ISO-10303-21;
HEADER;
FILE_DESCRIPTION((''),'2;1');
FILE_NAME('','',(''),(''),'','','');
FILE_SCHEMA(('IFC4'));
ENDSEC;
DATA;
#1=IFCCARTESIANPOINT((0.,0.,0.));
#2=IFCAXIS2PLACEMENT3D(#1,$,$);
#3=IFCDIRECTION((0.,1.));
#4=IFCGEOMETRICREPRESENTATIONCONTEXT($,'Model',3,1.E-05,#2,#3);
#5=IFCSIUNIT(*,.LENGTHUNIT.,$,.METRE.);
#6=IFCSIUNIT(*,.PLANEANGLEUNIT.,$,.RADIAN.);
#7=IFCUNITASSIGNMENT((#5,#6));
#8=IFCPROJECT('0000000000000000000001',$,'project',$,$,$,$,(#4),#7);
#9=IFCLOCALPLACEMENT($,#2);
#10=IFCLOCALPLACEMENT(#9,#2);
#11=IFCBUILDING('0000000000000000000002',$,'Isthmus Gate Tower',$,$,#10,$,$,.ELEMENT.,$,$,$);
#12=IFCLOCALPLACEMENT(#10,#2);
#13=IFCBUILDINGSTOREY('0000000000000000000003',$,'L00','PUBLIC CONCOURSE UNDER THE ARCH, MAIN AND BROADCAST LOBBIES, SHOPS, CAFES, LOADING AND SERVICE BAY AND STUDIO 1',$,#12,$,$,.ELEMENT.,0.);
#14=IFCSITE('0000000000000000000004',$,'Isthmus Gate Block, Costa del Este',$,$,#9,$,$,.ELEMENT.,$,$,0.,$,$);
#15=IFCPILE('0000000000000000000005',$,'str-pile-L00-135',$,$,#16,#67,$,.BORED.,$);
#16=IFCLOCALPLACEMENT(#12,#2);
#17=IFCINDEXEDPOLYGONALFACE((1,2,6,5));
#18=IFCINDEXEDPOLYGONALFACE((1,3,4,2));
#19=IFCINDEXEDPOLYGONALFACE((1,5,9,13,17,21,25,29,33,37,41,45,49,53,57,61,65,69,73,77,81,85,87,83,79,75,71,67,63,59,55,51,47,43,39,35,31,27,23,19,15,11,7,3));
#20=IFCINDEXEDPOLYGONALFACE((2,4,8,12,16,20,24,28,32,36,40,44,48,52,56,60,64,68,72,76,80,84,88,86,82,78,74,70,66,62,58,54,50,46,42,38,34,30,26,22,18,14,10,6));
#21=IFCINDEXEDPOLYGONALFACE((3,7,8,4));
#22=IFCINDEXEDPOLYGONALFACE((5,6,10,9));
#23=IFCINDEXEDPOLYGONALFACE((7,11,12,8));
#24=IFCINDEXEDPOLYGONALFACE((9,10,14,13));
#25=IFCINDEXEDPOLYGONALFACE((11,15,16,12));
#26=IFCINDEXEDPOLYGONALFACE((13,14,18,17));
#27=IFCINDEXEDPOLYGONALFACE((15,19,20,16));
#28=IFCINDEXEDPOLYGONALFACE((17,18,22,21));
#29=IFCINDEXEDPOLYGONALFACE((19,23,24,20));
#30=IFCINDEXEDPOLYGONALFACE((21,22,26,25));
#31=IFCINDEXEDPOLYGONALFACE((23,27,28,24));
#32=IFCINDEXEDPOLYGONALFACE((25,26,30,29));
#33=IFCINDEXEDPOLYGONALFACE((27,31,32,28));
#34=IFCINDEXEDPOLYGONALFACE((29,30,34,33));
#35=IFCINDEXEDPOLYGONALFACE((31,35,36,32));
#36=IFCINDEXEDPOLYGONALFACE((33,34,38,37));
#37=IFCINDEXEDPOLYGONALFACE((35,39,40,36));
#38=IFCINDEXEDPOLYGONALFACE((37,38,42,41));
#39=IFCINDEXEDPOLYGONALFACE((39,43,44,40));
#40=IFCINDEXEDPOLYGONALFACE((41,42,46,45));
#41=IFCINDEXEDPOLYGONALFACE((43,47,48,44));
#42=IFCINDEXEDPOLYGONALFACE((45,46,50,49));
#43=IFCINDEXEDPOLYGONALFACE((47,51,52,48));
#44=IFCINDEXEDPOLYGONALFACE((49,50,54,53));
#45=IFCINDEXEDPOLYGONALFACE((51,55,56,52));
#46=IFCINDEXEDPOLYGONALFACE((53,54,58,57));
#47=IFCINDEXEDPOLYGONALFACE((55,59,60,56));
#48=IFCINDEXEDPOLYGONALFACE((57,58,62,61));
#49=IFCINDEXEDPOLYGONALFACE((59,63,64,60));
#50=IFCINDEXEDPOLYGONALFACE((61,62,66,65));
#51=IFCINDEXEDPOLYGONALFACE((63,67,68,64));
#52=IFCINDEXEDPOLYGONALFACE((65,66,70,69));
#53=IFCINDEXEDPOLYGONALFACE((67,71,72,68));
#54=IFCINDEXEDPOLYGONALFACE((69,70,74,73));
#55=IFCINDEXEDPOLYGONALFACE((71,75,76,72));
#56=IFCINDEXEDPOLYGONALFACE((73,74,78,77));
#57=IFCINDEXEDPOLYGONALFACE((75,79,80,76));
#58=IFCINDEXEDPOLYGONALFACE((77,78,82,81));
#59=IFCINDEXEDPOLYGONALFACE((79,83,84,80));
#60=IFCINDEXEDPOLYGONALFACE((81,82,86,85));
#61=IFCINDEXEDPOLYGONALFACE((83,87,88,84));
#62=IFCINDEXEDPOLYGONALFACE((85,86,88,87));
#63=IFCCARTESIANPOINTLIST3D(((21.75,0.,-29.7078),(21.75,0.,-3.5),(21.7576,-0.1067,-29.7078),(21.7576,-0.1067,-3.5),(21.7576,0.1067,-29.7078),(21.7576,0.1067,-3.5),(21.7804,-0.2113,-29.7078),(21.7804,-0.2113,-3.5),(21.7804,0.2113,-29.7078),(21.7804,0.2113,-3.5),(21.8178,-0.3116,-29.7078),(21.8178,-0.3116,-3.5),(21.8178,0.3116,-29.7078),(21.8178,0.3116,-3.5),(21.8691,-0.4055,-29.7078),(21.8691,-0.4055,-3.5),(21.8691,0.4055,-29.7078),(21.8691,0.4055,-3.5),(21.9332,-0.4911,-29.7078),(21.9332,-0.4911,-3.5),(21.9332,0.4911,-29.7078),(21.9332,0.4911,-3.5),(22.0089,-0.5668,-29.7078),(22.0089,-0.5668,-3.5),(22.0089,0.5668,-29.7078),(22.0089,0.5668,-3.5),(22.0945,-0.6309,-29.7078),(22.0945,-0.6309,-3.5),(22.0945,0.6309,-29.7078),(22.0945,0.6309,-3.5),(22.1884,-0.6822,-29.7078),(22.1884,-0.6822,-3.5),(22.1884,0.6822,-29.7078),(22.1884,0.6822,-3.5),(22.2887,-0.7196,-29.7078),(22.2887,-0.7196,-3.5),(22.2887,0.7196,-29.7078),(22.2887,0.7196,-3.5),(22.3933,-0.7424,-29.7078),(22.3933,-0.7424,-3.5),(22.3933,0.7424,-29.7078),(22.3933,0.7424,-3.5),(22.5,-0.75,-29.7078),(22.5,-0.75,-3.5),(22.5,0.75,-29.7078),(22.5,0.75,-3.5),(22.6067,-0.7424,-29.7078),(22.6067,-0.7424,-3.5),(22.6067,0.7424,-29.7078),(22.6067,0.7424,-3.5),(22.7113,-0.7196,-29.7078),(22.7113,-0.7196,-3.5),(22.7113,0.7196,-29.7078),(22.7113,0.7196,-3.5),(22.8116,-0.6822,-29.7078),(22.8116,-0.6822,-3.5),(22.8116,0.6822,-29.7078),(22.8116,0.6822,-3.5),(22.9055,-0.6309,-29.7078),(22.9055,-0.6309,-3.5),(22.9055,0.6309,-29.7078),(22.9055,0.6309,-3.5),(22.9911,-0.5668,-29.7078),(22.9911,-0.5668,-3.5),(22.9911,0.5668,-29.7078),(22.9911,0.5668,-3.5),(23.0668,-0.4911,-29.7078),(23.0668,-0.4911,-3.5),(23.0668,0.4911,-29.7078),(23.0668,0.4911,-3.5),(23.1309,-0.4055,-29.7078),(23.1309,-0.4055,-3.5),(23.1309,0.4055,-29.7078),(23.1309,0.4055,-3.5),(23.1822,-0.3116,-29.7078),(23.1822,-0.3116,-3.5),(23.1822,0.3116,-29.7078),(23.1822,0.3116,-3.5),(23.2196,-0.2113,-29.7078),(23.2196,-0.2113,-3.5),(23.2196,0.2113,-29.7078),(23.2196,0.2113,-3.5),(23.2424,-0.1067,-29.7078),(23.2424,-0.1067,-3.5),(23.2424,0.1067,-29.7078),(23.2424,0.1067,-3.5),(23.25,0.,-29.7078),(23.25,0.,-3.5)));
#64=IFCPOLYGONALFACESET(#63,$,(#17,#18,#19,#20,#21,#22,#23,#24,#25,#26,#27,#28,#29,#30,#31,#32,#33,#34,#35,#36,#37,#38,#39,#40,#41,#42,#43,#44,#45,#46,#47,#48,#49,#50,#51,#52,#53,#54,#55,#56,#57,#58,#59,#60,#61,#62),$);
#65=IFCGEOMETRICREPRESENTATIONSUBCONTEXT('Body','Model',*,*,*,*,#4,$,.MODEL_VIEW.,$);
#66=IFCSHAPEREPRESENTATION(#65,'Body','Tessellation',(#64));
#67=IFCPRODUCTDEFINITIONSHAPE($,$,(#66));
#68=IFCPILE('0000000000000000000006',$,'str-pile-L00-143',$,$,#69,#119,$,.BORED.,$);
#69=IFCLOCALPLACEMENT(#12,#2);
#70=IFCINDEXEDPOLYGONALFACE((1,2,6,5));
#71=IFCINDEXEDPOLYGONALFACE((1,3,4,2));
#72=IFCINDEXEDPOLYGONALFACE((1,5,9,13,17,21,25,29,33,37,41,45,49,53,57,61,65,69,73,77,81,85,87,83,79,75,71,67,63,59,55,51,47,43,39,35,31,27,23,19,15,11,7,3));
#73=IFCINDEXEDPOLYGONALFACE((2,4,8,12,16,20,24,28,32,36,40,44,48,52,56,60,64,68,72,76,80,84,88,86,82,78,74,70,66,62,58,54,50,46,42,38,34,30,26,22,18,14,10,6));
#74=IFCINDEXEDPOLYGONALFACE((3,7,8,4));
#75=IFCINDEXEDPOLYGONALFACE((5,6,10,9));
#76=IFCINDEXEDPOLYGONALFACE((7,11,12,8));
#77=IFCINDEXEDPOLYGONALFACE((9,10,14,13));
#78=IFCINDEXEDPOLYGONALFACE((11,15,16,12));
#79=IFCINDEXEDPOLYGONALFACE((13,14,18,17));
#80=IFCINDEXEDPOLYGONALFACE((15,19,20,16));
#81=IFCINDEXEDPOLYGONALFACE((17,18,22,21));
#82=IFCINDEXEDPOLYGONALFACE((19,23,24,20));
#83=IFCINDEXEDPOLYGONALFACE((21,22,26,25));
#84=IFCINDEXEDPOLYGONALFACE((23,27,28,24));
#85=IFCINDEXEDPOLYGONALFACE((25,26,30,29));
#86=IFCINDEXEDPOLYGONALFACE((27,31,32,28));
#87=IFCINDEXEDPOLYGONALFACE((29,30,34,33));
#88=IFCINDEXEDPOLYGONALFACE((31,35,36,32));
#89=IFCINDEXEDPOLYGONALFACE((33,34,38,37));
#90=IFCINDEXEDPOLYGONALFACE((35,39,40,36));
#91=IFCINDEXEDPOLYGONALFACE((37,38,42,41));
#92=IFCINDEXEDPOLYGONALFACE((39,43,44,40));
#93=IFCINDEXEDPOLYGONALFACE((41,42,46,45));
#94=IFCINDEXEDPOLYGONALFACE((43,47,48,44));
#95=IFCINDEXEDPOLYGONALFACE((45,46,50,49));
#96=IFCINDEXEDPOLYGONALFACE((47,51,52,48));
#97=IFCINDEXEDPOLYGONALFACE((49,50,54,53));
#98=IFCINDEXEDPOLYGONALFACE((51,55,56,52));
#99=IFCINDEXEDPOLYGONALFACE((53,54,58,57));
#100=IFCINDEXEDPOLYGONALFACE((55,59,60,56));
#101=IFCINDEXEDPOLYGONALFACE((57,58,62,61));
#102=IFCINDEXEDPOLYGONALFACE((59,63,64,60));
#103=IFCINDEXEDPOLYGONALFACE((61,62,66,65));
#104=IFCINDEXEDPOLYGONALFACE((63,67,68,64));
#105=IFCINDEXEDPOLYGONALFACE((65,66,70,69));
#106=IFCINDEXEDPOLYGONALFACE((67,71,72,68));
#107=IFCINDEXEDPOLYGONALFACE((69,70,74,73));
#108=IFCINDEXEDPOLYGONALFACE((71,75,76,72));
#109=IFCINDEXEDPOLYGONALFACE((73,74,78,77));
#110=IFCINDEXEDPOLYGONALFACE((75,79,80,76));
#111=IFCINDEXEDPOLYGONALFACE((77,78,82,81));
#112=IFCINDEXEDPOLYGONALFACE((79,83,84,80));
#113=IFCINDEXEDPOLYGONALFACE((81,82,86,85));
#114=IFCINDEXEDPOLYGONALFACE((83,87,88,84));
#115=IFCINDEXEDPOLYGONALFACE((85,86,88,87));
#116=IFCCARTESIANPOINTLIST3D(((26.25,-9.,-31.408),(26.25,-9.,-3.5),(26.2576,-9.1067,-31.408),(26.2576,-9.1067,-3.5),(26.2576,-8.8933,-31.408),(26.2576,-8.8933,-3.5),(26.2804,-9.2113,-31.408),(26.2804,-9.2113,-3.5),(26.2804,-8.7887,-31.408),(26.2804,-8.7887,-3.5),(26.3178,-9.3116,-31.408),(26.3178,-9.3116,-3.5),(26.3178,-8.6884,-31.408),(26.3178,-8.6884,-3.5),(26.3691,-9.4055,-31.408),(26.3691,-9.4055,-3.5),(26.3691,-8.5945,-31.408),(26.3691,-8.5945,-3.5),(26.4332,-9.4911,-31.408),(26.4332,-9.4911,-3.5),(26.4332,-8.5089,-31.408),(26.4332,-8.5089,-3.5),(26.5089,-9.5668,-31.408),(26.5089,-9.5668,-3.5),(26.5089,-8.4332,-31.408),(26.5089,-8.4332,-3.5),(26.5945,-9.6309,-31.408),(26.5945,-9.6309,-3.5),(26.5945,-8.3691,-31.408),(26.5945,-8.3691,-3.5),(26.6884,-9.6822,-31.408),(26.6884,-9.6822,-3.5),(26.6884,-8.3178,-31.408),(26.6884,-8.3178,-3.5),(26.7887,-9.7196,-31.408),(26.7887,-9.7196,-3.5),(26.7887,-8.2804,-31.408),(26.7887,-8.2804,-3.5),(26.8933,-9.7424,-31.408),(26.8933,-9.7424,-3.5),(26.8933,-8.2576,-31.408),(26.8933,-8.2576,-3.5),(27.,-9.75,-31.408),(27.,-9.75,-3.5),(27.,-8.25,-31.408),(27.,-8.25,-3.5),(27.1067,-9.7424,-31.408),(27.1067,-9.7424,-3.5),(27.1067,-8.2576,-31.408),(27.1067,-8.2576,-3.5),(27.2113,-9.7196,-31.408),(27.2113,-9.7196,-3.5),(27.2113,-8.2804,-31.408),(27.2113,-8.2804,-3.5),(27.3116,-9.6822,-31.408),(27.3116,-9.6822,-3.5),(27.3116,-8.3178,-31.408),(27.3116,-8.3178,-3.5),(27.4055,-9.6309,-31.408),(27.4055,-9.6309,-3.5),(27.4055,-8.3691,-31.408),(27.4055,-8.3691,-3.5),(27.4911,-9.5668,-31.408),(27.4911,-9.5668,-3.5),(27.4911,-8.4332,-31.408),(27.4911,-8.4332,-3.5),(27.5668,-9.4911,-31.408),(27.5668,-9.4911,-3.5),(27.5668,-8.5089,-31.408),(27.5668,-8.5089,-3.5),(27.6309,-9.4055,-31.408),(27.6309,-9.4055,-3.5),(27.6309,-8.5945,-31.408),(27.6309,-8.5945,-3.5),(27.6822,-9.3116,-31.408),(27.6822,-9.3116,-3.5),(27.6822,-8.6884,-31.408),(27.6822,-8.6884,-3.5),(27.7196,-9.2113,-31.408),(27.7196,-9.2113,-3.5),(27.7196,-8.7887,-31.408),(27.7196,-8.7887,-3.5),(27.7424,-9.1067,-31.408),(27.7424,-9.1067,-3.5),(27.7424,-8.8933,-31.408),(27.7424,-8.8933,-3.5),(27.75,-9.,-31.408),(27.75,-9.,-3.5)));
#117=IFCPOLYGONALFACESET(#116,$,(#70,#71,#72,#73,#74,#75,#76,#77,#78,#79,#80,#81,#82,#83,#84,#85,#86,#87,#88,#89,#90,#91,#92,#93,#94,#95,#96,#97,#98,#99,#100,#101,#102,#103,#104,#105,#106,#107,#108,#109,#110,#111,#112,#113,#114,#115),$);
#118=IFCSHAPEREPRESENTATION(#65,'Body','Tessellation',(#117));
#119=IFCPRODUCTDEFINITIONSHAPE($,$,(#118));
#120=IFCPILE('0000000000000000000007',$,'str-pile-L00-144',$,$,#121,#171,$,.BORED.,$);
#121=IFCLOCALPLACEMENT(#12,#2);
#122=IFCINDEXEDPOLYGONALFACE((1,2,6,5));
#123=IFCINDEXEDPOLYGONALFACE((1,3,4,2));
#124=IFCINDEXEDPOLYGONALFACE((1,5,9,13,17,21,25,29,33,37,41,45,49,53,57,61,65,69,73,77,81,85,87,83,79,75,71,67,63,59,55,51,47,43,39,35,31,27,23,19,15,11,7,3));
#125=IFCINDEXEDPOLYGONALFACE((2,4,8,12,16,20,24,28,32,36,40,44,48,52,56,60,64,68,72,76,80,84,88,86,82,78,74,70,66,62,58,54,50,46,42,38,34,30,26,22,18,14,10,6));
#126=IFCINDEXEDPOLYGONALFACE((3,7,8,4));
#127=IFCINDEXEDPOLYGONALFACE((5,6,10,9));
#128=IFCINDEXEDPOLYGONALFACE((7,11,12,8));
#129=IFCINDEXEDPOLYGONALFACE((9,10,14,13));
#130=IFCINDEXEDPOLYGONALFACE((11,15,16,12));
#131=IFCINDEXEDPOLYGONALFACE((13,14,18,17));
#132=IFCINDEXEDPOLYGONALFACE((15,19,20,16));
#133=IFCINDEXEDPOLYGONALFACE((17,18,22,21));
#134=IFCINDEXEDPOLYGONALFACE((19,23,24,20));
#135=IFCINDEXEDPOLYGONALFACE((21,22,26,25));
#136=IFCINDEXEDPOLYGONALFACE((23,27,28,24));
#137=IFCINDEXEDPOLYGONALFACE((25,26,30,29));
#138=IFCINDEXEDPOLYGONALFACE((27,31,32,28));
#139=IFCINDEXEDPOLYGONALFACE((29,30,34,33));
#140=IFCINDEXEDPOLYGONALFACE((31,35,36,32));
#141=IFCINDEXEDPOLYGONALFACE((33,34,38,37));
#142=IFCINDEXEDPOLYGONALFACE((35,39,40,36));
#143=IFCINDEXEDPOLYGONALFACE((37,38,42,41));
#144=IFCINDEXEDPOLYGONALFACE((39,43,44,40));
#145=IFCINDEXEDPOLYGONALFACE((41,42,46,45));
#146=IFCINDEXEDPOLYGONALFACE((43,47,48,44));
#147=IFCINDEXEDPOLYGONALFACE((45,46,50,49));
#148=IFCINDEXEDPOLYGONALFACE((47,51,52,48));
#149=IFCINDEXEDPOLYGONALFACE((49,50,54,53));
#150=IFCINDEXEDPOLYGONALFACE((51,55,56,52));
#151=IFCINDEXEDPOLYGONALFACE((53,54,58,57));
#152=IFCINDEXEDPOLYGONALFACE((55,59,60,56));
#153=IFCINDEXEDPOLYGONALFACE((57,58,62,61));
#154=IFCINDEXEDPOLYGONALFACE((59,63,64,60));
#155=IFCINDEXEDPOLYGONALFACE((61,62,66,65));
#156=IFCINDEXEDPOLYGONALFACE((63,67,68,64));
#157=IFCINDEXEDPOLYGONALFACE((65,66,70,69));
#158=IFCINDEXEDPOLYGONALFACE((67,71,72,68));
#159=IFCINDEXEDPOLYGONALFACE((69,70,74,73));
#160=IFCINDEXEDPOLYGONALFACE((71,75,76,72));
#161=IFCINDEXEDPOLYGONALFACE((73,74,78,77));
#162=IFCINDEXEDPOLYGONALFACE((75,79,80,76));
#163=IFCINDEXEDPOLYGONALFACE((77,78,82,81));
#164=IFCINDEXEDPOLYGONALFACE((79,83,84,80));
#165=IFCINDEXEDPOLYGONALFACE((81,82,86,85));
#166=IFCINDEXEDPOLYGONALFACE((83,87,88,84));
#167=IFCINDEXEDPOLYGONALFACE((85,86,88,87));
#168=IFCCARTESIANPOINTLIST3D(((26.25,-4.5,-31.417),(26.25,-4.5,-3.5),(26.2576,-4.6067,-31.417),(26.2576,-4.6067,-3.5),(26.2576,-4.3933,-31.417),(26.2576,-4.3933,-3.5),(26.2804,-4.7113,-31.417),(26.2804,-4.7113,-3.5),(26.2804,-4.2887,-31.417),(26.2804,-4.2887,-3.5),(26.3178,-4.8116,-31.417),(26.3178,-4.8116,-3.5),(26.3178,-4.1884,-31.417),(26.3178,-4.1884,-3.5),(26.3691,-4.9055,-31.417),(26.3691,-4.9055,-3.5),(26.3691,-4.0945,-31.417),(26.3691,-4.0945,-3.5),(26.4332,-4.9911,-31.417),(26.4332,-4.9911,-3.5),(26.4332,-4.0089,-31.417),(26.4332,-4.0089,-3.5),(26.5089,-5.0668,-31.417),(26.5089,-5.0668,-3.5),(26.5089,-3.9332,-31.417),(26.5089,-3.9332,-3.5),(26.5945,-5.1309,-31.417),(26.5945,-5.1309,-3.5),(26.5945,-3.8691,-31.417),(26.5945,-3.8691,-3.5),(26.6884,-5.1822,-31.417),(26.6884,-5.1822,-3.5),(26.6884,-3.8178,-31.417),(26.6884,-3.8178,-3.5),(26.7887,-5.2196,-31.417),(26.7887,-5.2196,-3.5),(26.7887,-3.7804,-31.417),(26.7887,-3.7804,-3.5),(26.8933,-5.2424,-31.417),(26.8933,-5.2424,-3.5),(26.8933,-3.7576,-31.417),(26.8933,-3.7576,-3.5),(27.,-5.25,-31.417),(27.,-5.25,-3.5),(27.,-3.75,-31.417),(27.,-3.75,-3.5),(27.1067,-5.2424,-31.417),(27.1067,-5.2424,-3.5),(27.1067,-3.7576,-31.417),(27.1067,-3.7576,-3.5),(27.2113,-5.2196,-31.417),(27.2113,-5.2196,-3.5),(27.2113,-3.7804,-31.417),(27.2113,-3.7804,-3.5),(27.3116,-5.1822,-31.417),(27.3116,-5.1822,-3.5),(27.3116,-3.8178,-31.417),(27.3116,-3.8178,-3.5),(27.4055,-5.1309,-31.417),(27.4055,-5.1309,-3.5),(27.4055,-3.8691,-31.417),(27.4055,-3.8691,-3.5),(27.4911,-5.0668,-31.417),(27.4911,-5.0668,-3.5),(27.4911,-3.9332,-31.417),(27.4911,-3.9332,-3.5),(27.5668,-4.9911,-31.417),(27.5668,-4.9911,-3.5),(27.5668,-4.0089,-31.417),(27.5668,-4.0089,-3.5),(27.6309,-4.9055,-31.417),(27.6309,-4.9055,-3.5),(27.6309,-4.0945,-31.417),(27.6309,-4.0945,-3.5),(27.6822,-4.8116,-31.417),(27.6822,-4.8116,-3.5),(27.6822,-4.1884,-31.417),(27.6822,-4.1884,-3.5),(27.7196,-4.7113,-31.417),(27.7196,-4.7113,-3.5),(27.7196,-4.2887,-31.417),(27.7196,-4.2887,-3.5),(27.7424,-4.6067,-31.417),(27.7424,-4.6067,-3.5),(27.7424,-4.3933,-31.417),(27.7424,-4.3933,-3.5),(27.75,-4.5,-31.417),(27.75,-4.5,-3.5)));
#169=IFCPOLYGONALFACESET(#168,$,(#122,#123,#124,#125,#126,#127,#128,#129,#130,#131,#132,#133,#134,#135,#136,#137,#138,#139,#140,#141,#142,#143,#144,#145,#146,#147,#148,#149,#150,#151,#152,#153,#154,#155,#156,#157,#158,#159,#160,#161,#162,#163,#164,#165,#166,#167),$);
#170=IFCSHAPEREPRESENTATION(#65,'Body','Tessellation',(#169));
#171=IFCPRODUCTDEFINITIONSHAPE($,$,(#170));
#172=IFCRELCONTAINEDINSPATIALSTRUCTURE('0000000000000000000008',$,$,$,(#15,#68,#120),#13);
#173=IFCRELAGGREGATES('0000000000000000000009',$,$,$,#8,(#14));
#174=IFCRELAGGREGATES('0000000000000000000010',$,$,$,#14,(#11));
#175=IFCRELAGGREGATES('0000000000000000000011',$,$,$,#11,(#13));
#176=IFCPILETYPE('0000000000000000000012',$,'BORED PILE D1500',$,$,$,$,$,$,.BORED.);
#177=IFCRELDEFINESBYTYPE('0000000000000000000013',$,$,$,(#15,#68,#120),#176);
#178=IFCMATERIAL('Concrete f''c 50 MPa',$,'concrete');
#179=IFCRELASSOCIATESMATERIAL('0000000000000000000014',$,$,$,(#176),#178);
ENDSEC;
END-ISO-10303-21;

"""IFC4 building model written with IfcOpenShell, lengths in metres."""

from ifc_helpers import new_model, si_unit, direction, frame, origin, origin_2d, place, context, subcontext, project, spatial, circle, extrude, material, material_profile, profile_set, type_object, element, save


model = new_model("IFC4")

# Units and contexts
model_context = context("Model", 3, precision=1e-05, world=origin(), true_north=direction((0.0, 1.0)))
body_context = subcontext(model_context, "Body", "Model", "MODEL_VIEW")
ifc_project = project(units=[si_unit("LENGTHUNIT", "METRE"), si_unit("PLANEANGLEUNIT", "RADIAN")], contexts=[model_context])

# Site, building, storey
site_placement = place(None, origin())
site = spatial("IfcSite", under=ifc_project, at=site_placement, Name="Isthmus Gate Block, Costa del Este", CompositionType="ELEMENT", RefElevation=0.0)
building_placement = place(site_placement, origin())
building = spatial("IfcBuilding", under=site, at=building_placement, Name="Isthmus Gate Tower", CompositionType="ELEMENT")
storey_placement = place(building_placement, origin())
storey = spatial("IfcBuildingStorey", under=building, at=storey_placement, Name="L00", Description="PUBLIC CONCOURSE UNDER THE ARCH, MAIN AND BROADCAST LOBBIES, SHOPS, CAFES, LOADING AND SERVICE BAY AND STUDIO 1", CompositionType="ELEMENT", Elevation=0.0)

# Piles
ifc_material_1 = material(Name="Concrete f'c 50 MPa", Category="concrete")
ifc_material_profile_1 = material_profile(ifc_material_1, circle(Radius=0.75, at=origin_2d()), Name="D1500")
ifc_profile_set_1 = profile_set([ifc_material_profile_1], Name="Concrete f'c 50 MPa")
pile_type = type_object("IfcPileType", Name="BORED PILE D1500", PredefinedType="BORED", material=ifc_profile_set_1)
pile_1_placement = place(storey_placement, frame((22.5, 0.0, -3.5), z_axis=(0.0, 0.0, -1.0), x_axis=(1.0, 0.0, 0.0)))
element("IfcPile", 1, at=pile_1_placement, inside=storey, type_object=pile_type, Name="str-pile-L00-135", PredefinedType="BORED", context=body_context, shape_type="SweptSolid", body=[
    extrude(circle(Radius=0.75, at=origin_2d()), origin(), (0.0, 0.0, 1.0), 26.2078),
])
pile_2_placement = place(storey_placement, frame((27.0, -9.0, -3.5), z_axis=(0.0, 0.0, -1.0), x_axis=(1.0, 0.0, 0.0)))
element("IfcPile", 2, at=pile_2_placement, inside=storey, type_object=pile_type, Name="str-pile-L00-143", PredefinedType="BORED", context=body_context, shape_type="SweptSolid", body=[
    extrude(circle(Radius=0.75, at=origin_2d()), origin(), (0.0, 0.0, 1.0), 27.908),
])
pile_3_placement = place(storey_placement, frame((27.0, -4.5, -3.5), z_axis=(0.0, 0.0, -1.0), x_axis=(1.0, 0.0, 0.0)))
element("IfcPile", 3, at=pile_3_placement, inside=storey, type_object=pile_type, Name="str-pile-L00-144", PredefinedType="BORED", context=body_context, shape_type="SweptSolid", body=[
    extrude(circle(Radius=0.75, at=origin_2d()), origin(), (0.0, 0.0, 1.0), 27.917),
])

save(model, "model.ifc")
